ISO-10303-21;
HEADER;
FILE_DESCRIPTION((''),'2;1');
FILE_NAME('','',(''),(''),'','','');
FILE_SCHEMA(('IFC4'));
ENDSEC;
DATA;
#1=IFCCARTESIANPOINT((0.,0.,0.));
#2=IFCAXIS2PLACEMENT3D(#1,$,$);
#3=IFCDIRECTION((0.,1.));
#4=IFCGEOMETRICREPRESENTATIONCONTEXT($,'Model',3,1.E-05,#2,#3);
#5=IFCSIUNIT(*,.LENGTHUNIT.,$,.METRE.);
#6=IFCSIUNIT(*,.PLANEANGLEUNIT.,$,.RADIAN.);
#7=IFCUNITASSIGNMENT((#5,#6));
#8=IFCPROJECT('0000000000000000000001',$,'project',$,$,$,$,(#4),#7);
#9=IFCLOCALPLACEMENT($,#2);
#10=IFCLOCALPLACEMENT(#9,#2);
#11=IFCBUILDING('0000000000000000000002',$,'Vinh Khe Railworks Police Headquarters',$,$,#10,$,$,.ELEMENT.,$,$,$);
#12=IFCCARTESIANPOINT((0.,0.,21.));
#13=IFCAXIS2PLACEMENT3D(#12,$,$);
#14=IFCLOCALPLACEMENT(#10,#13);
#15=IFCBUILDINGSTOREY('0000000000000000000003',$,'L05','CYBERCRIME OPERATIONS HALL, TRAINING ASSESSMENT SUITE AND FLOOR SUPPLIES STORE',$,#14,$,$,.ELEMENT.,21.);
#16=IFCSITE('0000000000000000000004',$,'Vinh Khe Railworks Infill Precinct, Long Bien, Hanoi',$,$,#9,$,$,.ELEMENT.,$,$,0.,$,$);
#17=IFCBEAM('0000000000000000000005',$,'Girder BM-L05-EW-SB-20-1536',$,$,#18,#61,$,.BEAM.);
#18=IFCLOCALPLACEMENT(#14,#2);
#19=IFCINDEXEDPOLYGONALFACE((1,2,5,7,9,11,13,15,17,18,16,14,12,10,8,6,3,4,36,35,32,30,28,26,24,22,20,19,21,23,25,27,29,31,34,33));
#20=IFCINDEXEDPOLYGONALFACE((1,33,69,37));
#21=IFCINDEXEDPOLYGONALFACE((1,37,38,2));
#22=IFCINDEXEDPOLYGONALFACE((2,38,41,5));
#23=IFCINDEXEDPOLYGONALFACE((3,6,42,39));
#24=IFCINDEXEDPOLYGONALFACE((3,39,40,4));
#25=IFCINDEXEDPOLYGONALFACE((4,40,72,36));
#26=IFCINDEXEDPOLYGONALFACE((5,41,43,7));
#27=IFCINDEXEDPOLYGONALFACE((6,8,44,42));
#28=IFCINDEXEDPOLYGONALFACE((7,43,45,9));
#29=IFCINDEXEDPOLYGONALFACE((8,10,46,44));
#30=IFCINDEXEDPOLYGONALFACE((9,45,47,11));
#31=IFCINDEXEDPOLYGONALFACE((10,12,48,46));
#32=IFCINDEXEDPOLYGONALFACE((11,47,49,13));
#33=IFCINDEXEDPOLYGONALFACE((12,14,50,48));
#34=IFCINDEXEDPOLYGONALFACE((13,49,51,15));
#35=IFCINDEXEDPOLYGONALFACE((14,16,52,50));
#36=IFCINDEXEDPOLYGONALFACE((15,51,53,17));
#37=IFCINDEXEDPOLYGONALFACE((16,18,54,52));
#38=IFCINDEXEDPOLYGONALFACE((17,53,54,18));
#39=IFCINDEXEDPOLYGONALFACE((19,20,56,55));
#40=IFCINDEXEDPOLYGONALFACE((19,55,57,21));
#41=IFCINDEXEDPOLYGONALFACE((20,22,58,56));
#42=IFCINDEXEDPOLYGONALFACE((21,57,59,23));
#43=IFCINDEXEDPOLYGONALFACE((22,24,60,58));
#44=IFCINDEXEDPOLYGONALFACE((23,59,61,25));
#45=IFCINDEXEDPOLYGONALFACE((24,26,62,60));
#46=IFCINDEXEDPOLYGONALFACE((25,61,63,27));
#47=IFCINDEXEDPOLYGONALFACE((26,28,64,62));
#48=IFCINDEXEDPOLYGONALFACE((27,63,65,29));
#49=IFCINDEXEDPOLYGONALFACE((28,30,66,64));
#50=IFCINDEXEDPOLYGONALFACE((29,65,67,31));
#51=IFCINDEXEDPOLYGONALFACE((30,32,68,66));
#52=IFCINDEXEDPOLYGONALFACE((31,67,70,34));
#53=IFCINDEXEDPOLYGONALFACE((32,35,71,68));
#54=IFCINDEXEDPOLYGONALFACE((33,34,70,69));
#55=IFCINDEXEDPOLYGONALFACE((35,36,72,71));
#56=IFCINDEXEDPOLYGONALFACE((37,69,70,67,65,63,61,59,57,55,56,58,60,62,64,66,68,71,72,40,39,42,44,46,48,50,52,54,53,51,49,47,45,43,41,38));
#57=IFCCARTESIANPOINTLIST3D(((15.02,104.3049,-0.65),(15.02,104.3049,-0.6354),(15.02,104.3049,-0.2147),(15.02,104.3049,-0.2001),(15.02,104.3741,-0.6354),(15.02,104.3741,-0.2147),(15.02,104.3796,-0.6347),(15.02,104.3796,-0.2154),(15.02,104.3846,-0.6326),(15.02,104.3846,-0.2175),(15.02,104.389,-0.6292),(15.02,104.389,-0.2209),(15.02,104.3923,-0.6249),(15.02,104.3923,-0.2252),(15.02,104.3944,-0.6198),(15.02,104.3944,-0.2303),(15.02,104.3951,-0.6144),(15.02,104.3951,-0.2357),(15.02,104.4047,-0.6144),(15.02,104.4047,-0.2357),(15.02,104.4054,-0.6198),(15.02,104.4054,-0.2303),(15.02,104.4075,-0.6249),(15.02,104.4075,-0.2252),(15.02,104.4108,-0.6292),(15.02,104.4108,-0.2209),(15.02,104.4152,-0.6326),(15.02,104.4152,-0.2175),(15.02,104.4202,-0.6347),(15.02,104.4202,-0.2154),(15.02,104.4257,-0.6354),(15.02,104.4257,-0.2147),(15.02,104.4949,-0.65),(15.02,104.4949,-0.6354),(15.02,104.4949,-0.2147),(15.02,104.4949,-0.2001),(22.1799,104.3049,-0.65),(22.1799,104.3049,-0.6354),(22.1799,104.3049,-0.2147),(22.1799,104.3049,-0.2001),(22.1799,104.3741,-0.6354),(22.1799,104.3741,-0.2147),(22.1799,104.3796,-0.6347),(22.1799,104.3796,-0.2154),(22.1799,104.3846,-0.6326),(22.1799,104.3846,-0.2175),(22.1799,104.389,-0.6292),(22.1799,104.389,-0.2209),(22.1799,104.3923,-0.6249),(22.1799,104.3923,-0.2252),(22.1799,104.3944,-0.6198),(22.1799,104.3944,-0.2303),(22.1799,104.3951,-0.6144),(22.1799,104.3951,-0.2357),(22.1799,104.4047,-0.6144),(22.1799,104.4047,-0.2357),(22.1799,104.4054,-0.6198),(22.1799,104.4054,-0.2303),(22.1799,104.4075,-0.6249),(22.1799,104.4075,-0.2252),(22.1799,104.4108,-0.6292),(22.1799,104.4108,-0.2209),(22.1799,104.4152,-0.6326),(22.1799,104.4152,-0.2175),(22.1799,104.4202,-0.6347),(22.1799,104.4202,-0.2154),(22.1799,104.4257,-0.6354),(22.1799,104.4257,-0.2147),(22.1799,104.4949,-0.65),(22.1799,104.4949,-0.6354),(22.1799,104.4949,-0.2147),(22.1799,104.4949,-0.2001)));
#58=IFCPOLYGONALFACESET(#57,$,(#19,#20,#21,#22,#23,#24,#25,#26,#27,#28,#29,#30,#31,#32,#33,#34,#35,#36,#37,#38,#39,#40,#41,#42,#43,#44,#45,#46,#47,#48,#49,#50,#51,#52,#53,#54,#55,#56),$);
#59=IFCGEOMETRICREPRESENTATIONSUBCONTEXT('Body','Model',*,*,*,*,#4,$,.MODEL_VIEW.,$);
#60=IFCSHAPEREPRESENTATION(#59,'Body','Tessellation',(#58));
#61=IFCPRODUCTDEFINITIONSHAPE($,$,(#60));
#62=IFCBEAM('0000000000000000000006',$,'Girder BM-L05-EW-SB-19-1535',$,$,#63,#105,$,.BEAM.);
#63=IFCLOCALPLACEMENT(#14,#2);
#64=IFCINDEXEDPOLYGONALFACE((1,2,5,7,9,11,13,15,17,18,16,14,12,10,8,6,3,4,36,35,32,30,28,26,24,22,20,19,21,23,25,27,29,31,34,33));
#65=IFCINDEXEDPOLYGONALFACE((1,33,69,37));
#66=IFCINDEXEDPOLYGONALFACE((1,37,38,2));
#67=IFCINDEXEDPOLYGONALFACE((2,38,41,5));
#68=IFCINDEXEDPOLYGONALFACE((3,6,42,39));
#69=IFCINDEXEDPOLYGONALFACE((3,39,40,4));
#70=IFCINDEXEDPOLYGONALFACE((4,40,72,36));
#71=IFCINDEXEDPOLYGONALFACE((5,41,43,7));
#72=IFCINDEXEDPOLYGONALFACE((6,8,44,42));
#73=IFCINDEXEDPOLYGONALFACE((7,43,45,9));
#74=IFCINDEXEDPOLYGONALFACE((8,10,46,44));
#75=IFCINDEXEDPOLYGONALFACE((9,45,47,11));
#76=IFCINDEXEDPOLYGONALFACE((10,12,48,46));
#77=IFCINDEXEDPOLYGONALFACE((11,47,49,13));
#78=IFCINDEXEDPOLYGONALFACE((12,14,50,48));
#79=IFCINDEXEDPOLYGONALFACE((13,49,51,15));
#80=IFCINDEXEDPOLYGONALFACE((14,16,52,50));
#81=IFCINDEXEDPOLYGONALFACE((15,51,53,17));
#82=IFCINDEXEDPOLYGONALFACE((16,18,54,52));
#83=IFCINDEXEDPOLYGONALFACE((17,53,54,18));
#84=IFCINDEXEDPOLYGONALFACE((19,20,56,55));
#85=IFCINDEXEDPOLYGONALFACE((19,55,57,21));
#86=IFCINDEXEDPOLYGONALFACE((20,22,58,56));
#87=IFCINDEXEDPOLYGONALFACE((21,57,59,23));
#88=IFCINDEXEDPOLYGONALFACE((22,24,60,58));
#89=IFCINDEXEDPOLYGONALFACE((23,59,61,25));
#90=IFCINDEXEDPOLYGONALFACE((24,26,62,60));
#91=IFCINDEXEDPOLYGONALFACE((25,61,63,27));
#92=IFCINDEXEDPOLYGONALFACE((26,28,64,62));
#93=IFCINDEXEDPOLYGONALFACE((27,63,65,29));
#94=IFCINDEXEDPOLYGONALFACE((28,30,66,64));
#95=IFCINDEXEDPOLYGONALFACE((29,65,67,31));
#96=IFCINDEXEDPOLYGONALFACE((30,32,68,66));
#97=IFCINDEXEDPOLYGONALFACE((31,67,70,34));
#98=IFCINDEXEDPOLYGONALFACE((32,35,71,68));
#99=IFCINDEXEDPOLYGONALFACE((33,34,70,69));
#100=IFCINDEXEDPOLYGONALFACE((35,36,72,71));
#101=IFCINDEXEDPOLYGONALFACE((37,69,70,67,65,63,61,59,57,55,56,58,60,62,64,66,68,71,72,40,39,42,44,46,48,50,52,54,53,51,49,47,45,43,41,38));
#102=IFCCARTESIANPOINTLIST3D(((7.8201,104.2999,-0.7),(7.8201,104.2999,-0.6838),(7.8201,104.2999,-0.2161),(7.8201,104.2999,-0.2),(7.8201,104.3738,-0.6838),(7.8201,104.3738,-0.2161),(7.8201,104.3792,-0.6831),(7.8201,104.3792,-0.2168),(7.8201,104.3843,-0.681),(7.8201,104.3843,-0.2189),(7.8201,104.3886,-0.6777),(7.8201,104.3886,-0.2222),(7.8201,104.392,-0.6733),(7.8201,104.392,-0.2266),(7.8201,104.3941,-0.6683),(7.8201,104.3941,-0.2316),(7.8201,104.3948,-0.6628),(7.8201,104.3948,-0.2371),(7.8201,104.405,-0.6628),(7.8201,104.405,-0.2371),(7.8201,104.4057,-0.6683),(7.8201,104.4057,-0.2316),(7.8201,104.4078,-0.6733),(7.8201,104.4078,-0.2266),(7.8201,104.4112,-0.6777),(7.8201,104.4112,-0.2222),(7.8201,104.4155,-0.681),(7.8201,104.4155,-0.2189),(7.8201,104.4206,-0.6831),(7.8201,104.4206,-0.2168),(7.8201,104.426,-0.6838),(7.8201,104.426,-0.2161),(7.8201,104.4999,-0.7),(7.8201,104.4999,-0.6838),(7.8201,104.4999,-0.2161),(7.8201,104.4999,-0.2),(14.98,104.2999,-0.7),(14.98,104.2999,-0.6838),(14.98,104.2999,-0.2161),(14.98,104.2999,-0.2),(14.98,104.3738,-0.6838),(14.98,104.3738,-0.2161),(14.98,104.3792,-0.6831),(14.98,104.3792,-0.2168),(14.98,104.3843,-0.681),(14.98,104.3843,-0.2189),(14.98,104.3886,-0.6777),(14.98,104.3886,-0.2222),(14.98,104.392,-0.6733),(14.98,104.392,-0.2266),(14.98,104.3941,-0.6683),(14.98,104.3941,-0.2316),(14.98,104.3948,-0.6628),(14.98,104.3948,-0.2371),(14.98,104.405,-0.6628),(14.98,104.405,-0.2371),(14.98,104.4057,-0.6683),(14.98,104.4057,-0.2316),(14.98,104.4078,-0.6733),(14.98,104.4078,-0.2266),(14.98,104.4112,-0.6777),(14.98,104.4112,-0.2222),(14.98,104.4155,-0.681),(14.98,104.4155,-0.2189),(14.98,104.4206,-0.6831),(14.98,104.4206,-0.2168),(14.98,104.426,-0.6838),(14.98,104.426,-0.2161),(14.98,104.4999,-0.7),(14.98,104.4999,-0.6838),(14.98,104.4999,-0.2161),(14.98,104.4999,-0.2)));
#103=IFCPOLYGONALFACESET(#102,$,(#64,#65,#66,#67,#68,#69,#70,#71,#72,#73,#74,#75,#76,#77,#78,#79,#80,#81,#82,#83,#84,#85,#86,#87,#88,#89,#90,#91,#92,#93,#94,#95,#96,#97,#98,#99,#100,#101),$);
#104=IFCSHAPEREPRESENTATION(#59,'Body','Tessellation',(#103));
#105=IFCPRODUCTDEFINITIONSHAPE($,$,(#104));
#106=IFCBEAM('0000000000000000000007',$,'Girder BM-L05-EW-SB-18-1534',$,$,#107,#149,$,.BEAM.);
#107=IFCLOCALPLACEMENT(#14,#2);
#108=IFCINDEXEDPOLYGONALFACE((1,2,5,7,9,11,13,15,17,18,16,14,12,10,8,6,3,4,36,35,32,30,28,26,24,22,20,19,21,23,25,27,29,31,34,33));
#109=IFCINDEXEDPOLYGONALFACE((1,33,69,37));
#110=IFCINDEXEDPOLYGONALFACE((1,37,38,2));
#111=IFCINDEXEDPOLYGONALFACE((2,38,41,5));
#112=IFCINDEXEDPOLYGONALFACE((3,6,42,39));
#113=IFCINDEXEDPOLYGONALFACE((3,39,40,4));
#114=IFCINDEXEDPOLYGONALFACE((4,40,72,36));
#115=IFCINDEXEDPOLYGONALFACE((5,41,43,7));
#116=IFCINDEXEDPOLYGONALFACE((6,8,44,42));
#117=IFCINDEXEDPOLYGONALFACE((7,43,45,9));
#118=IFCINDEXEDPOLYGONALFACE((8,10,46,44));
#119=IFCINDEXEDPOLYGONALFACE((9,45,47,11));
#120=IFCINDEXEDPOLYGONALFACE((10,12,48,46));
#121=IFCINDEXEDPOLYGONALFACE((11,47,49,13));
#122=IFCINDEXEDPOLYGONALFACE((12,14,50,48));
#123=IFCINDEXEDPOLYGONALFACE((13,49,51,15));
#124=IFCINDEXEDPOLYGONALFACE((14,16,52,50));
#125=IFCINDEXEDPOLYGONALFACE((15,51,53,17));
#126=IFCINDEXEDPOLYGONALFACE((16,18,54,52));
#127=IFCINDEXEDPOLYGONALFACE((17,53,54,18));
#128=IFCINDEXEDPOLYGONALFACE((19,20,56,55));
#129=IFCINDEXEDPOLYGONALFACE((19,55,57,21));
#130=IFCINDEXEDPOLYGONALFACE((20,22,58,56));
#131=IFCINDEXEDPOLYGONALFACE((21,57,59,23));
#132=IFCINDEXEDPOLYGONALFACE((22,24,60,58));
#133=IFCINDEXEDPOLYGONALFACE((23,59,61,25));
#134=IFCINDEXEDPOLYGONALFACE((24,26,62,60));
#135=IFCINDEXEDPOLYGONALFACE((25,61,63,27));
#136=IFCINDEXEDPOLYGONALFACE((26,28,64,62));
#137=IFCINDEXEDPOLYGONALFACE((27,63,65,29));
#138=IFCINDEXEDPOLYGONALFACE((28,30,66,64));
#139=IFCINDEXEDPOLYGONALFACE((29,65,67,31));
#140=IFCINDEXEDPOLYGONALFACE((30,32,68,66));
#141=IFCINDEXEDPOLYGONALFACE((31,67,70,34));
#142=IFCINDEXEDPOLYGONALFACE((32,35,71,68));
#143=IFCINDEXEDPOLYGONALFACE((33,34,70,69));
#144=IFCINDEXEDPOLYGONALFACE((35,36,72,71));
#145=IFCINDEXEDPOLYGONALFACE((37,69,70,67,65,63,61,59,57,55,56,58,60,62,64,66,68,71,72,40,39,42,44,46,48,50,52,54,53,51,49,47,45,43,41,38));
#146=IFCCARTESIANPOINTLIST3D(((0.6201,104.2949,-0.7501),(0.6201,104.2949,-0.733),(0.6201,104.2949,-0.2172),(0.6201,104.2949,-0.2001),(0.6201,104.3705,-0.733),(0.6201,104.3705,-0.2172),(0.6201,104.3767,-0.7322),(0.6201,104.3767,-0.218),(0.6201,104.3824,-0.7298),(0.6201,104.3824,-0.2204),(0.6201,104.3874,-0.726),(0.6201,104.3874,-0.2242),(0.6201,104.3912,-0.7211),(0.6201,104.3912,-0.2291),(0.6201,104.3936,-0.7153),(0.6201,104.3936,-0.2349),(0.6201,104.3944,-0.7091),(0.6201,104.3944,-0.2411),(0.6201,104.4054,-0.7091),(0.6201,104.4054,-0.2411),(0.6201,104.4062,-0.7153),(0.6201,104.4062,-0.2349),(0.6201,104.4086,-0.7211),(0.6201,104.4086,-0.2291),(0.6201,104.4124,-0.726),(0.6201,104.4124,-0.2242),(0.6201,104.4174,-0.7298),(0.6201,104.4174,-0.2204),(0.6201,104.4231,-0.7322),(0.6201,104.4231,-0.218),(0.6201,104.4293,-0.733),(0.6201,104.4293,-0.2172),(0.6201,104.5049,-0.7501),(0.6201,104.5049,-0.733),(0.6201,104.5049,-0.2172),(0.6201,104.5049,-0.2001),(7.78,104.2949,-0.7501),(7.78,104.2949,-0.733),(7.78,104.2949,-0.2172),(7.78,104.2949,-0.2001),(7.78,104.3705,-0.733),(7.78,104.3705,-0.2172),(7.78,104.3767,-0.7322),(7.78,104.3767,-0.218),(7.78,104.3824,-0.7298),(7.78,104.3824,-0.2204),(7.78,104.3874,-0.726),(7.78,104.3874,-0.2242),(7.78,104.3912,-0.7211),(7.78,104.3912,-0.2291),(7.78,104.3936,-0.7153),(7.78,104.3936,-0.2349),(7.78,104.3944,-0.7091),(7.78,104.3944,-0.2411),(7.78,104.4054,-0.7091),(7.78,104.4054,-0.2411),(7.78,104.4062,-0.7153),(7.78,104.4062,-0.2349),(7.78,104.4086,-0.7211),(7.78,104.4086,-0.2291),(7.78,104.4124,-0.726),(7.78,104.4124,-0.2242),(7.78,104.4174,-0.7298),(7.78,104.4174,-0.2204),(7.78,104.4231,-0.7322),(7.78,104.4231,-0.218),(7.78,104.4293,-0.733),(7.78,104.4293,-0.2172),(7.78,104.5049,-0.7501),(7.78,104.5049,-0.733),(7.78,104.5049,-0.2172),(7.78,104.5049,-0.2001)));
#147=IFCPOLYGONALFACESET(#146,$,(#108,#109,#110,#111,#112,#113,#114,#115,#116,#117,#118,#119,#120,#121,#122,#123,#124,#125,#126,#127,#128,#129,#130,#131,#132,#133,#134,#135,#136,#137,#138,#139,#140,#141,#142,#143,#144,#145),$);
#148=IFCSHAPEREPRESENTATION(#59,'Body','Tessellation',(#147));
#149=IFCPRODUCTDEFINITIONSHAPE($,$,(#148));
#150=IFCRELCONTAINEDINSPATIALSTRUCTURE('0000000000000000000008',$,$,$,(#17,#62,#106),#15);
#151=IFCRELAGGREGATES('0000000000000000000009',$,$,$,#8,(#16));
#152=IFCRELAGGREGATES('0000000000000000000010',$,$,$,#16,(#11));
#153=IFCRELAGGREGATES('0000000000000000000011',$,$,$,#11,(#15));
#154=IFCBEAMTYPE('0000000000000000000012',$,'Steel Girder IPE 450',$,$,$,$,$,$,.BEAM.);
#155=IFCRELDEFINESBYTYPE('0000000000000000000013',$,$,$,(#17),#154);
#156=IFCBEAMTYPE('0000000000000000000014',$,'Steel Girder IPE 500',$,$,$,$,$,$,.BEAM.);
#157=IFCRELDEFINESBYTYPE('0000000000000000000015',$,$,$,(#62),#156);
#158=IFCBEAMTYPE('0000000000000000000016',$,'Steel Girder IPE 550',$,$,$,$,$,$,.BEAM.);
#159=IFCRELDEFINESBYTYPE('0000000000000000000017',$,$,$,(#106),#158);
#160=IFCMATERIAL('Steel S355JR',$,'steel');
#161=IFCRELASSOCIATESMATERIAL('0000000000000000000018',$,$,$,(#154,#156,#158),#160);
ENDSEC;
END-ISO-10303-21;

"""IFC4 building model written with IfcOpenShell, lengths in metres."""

from ifc_helpers import new_model, si_unit, direction, frame, origin, origin_2d, place, context, subcontext, project, spatial, i_section, extrude, material, material_profile, profile_set, type_object, element, save


model = new_model("IFC4")

# Units and contexts
model_context = context("Model", 3, precision=1e-05, world=origin(), true_north=direction((0.0, 1.0)))
body_context = subcontext(model_context, "Body", "Model", "MODEL_VIEW")
ifc_project = project(units=[si_unit("LENGTHUNIT", "METRE"), si_unit("PLANEANGLEUNIT", "RADIAN")], contexts=[model_context])

# Site, building, storey
site_placement = place(None, origin())
site = spatial("IfcSite", under=ifc_project, at=site_placement, Name="Vinh Khe Railworks Infill Precinct, Long Bien, Hanoi", CompositionType="ELEMENT", RefElevation=0.0)
building_placement = place(site_placement, origin())
building = spatial("IfcBuilding", under=site, at=building_placement, Name="Vinh Khe Railworks Police Headquarters", CompositionType="ELEMENT")
storey_placement = place(building_placement, frame((0.0, 0.0, 21.0)))
storey = spatial("IfcBuildingStorey", under=building, at=storey_placement, Name="L05", Description="CYBERCRIME OPERATIONS HALL, TRAINING ASSESSMENT SUITE AND FLOOR SUPPLIES STORE", CompositionType="ELEMENT", Elevation=21.0)

# Shared definitions
ifc_material_1 = material(Name="Steel S355JR", Category="steel")

# Beams
ifc_material_profile_1 = material_profile(ifc_material_1, i_section(OverallWidth=0.1899, OverallDepth=0.45, WebThickness=0.0095, FlangeThickness=0.0146, FilletRadius=0.021, at=origin_2d()), Name="IPE 450")
ifc_profile_set_1 = profile_set([ifc_material_profile_1], Name="Steel S355JR")
beam_type_1 = type_object("IfcBeamType", Name="Steel Girder IPE 450", PredefinedType="BEAM", material=ifc_profile_set_1)
beam_1_placement = place(storey_placement, frame((15.02, 104.3999, -0.425), z_axis=(1.0, 0.0, 0.0), x_axis=(0.0, 1.0, 0.0)))
element("IfcBeam", 1, at=beam_1_placement, inside=storey, type_object=beam_type_1, Name="Girder BM-L05-EW-SB-20-1536", PredefinedType="BEAM", context=body_context, shape_type="SweptSolid", body=[
    extrude(i_section(OverallWidth=0.1899, OverallDepth=0.45, WebThickness=0.0095, FlangeThickness=0.0146, FilletRadius=0.021, at=origin_2d()), origin(), (0.0, 0.0, 1.0), 7.1599),
])
ifc_material_profile_2 = material_profile(ifc_material_1, i_section(OverallWidth=0.2, OverallDepth=0.5, WebThickness=0.0103, FlangeThickness=0.0161, FilletRadius=0.021, at=origin_2d()), Name="IPE 500")
ifc_profile_set_2 = profile_set([ifc_material_profile_2], Name="Steel S355JR")
beam_type_2 = type_object("IfcBeamType", Name="Steel Girder IPE 500", PredefinedType="BEAM", material=ifc_profile_set_2)
beam_2_placement = place(storey_placement, frame((7.8201, 104.3999, -0.45), z_axis=(1.0, 0.0, 0.0), x_axis=(0.0, 1.0, 0.0)))
element("IfcBeam", 2, at=beam_2_placement, inside=storey, type_object=beam_type_2, Name="Girder BM-L05-EW-SB-19-1535", PredefinedType="BEAM", context=body_context, shape_type="SweptSolid", body=[
    extrude(i_section(OverallWidth=0.2, OverallDepth=0.5, WebThickness=0.0103, FlangeThickness=0.0161, FilletRadius=0.021, at=origin_2d()), origin(), (0.0, 0.0, 1.0), 7.1599),
])
ifc_material_profile_3 = material_profile(ifc_material_1, i_section(OverallWidth=0.21, OverallDepth=0.55, WebThickness=0.011, FlangeThickness=0.0171, FilletRadius=0.0239, at=origin_2d()), Name="IPE 550")
ifc_profile_set_3 = profile_set([ifc_material_profile_3], Name="Steel S355JR")
beam_type_3 = type_object("IfcBeamType", Name="Steel Girder IPE 550", PredefinedType="BEAM", material=ifc_profile_set_3)
beam_3_placement = place(storey_placement, frame((0.6201, 104.3999, -0.4751), z_axis=(1.0, 0.0, 0.0), x_axis=(0.0, 1.0, 0.0)))
element("IfcBeam", 3, at=beam_3_placement, inside=storey, type_object=beam_type_3, Name="Girder BM-L05-EW-SB-18-1534", PredefinedType="BEAM", context=body_context, shape_type="SweptSolid", body=[
    extrude(i_section(OverallWidth=0.21, OverallDepth=0.55, WebThickness=0.011, FlangeThickness=0.0171, FilletRadius=0.0239, at=origin_2d()), origin(), (0.0, 0.0, 1.0), 7.1599),
])

save(model, "model.ifc")
